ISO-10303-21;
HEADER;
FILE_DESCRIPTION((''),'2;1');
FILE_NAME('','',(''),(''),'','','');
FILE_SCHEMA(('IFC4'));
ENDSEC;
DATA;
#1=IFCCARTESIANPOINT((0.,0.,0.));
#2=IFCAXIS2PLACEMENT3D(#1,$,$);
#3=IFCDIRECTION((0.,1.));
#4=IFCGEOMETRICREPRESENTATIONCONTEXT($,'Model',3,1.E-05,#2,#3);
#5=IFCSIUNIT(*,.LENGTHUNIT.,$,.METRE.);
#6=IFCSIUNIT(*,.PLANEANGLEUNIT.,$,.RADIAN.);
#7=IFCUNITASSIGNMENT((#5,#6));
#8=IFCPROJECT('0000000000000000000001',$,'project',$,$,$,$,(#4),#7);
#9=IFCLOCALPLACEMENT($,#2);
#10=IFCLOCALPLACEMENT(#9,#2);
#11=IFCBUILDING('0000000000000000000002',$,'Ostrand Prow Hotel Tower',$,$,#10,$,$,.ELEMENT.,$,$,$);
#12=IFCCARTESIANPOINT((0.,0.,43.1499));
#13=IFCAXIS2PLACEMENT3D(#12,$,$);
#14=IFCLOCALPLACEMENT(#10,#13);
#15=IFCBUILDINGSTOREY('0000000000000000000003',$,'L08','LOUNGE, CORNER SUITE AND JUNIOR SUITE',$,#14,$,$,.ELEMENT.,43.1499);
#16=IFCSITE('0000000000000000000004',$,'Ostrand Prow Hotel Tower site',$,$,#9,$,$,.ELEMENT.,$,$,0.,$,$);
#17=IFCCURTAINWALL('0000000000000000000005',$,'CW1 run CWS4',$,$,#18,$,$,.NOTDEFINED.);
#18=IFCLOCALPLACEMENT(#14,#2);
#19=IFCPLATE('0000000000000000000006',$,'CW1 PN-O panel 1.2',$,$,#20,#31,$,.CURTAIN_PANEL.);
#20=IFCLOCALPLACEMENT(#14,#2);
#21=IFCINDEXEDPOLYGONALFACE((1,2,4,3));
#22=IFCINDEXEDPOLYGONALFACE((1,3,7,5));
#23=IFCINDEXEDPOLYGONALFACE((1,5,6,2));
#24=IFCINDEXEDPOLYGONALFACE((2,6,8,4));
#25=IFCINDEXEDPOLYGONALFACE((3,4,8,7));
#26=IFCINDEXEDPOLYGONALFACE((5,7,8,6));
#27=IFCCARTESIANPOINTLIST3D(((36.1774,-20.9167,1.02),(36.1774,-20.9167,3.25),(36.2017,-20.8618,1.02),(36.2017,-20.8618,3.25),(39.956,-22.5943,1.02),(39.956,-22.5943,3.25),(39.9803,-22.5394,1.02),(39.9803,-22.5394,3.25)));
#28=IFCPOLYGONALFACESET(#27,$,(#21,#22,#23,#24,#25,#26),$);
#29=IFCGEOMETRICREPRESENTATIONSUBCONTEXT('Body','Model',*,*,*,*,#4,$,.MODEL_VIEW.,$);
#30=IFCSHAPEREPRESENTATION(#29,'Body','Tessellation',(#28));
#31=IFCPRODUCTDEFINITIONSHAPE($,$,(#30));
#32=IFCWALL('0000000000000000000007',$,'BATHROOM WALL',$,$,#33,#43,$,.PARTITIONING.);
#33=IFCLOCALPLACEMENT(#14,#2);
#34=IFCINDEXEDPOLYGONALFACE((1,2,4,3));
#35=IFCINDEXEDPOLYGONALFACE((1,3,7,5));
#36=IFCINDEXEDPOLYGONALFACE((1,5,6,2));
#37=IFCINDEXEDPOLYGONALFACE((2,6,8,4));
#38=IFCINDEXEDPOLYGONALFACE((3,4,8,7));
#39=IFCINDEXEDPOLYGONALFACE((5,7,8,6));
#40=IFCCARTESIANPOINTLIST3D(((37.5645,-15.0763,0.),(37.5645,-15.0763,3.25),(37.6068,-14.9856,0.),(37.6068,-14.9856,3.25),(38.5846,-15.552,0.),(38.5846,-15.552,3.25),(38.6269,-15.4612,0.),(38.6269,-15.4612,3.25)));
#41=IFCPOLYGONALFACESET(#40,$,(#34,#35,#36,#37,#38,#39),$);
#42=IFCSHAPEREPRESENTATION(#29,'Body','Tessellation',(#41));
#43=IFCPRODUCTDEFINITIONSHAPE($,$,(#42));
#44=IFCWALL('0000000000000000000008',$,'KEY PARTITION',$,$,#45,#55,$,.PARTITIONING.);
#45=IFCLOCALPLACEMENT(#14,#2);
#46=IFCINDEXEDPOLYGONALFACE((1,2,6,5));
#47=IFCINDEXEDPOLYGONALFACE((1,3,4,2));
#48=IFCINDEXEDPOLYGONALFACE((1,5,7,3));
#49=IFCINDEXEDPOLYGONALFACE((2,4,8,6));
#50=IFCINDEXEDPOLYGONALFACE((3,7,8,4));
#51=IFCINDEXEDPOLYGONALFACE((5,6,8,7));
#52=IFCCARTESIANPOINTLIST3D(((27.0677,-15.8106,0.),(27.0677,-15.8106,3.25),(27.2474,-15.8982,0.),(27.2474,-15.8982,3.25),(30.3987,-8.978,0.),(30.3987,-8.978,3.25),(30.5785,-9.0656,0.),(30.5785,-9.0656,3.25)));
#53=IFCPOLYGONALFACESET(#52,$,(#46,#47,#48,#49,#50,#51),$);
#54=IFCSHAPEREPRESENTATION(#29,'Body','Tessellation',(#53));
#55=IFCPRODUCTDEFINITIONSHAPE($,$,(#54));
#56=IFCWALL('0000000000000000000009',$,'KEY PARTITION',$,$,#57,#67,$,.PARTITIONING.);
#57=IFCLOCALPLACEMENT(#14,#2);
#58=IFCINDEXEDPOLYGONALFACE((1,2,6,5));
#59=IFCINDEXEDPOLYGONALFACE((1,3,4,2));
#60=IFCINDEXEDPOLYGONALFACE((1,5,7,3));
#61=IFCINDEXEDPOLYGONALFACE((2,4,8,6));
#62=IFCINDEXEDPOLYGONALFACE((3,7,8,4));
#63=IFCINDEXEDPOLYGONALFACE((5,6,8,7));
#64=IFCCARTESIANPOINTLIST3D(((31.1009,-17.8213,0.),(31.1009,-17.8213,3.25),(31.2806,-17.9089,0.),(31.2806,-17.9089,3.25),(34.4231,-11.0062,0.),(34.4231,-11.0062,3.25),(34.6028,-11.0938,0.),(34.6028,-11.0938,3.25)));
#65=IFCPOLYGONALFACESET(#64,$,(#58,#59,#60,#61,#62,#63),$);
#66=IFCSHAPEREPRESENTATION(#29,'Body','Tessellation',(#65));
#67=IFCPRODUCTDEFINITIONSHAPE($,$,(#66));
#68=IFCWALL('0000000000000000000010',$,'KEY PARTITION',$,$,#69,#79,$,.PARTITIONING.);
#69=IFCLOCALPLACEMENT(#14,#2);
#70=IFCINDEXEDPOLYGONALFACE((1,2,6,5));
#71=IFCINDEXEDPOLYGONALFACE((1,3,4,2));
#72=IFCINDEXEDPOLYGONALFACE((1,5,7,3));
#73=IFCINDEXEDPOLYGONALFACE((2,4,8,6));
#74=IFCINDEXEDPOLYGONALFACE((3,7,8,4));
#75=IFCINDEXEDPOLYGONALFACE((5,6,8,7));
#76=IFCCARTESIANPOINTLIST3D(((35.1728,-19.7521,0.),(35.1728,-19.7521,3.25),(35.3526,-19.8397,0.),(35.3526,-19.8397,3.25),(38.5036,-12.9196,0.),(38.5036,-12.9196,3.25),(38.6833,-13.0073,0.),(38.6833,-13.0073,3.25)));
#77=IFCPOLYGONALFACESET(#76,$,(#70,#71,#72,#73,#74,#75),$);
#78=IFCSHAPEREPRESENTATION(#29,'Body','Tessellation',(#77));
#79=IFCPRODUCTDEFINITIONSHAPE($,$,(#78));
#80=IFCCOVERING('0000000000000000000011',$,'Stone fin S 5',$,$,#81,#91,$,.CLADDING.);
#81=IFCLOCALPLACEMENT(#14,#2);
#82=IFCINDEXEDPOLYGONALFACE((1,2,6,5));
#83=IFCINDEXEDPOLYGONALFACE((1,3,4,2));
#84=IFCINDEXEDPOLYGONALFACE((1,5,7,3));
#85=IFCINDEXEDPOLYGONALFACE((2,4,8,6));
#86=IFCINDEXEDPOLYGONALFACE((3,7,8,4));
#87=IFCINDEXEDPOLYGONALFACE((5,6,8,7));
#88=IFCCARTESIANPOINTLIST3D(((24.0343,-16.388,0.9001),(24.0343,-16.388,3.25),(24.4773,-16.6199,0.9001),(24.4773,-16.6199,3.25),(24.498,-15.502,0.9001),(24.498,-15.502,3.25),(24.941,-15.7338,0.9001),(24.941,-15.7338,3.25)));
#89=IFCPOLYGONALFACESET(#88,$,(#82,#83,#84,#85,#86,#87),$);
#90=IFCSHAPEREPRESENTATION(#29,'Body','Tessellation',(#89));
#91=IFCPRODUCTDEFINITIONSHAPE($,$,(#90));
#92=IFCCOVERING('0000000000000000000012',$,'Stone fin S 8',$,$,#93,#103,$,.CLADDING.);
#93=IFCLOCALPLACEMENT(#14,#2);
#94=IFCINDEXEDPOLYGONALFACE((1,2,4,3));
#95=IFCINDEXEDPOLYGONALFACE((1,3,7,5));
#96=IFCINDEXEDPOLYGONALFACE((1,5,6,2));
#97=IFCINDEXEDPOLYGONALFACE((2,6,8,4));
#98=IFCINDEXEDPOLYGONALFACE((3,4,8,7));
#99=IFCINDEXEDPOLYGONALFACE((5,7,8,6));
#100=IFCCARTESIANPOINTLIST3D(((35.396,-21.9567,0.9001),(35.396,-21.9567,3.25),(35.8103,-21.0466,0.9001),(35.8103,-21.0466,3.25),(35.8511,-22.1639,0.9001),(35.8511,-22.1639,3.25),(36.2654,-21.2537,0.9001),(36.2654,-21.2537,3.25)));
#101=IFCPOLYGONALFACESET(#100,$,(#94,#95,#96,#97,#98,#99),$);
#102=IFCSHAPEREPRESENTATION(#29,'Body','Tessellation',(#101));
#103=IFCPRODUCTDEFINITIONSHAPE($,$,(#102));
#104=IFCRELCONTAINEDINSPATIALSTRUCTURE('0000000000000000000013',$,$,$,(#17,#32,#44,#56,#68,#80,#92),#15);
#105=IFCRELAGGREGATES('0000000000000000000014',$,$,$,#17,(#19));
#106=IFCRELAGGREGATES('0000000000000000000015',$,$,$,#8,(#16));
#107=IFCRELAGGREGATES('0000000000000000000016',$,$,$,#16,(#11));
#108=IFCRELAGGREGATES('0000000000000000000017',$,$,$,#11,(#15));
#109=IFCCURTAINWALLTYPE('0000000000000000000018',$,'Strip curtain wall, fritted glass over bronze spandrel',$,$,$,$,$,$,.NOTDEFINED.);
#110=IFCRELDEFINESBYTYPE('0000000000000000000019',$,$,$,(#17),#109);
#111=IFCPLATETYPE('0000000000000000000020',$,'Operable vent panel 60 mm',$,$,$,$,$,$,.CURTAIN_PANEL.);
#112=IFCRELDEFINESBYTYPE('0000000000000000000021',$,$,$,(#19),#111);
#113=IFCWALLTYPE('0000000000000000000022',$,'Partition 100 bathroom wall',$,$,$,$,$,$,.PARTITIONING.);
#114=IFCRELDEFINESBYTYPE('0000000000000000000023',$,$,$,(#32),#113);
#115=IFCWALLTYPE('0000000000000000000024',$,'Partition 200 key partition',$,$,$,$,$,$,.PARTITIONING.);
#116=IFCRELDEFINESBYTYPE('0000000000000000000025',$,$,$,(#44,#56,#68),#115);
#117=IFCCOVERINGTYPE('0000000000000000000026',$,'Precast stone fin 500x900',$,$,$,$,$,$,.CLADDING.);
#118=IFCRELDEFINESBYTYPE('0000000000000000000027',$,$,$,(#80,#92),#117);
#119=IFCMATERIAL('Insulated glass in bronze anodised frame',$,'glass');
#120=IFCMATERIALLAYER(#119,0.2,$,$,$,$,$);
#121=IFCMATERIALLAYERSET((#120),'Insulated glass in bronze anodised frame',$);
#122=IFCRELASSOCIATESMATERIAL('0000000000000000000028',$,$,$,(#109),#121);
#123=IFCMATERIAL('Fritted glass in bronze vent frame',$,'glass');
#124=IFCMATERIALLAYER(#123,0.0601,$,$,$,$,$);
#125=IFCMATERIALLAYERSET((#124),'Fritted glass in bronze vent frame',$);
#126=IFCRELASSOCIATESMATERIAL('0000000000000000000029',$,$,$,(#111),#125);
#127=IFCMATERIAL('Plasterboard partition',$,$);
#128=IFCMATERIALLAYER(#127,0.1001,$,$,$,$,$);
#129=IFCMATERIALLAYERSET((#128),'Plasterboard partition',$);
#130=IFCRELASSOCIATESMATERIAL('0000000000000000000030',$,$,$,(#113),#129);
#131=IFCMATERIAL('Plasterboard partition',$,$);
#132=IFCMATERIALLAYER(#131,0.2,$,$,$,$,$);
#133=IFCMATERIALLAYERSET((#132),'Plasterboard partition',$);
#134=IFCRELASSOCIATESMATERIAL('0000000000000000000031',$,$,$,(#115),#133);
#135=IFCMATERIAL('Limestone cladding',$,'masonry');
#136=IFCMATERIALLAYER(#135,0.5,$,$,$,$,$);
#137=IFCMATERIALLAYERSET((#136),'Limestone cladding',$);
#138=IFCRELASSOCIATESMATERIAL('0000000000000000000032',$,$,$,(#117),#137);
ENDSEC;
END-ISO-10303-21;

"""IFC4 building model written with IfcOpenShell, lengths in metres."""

from ifc_helpers import new_model, si_unit, direction, frame, frame_2d, origin, origin_2d, place, context, subcontext, project, spatial, rectangle, extrude, material, layer, layer_set, type_object, element, aggregate, save


model = new_model("IFC4")

# Units and contexts
model_context = context("Model", 3, precision=1e-05, world=origin(), true_north=direction((0.0, 1.0)))
body_context = subcontext(model_context, "Body", "Model", "MODEL_VIEW")
ifc_project = project(units=[si_unit("LENGTHUNIT", "METRE"), si_unit("PLANEANGLEUNIT", "RADIAN")], contexts=[model_context])

# Site, building, storey
site_placement = place(None, origin())
site = spatial("IfcSite", under=ifc_project, at=site_placement, Name="Ostrand Prow Hotel Tower site", CompositionType="ELEMENT", RefElevation=0.0)
building_placement = place(site_placement, origin())
building = spatial("IfcBuilding", under=site, at=building_placement, Name="Ostrand Prow Hotel Tower", CompositionType="ELEMENT")
storey_placement = place(building_placement, frame((0.0, 0.0, 43.1499)))
storey = spatial("IfcBuildingStorey", under=building, at=storey_placement, Name="L08", Description="LOUNGE, CORNER SUITE AND JUNIOR SUITE", CompositionType="ELEMENT", Elevation=43.1499)

# Shared definitions
ifc_material_1 = material(Name="Insulated glass in bronze anodised frame", Category="glass")
ifc_layer_1 = layer(ifc_material_1, 0.2)
ifc_layer_set_1 = layer_set([ifc_layer_1], Name="Insulated glass in bronze anodised frame")
curtain_wall_type = type_object("IfcCurtainWallType", Name="Strip curtain wall, fritted glass over bronze spandrel", PredefinedType="NOTDEFINED", material=ifc_layer_set_1)

# Curtain wall
curtain_wall_1_placement = place(storey_placement, origin())
curtain_wall_1 = element("IfcCurtainWall", 1, at=curtain_wall_1_placement, inside=storey, type_object=curtain_wall_type, Name="CW1 run CWS4", PredefinedType="NOTDEFINED")

# Plate
ifc_material_2 = material(Name="Fritted glass in bronze vent frame", Category="glass")
ifc_layer_2 = layer(ifc_material_2, 0.0601)
ifc_layer_set_2 = layer_set([ifc_layer_2], Name="Fritted glass in bronze vent frame")
plate_type_1 = type_object("IfcPlateType", Name="Operable vent panel 60 mm", PredefinedType="CURTAIN_PANEL", material=ifc_layer_set_2)
plate_1_placement = place(storey_placement, frame((38.0789, -21.728, 1.02), z_axis=(0.0, 0.0, 1.0), x_axis=(0.913971, -0.40578, 0.0)))
plate_1 = element("IfcPlate", 2, at=plate_1_placement, type_object=plate_type_1, Name="CW1 PN-O panel 1.2", PredefinedType="CURTAIN_PANEL", context=body_context, shape_type="SweptSolid", body=[
    extrude(rectangle(XDim=4.1343, YDim=0.0601, at=origin_2d()), origin(), (0.0, 0.0, 1.0), 2.23),
])
aggregate(curtain_wall_1, [plate_1])

# Walls
ifc_material_3 = material(Name="Plasterboard partition")
ifc_layer_3 = layer(ifc_material_3, 0.1001)
ifc_layer_set_3 = layer_set([ifc_layer_3], Name="Plasterboard partition")
wall_type_1 = type_object("IfcWallType", Name="Partition 100 bathroom wall", PredefinedType="PARTITIONING", material=ifc_layer_set_3)
wall_1_placement = place(storey_placement, frame((38.6057, -15.5066, 0.0), z_axis=(0.0, 0.0, 1.0), x_axis=(-0.906327, 0.422577, 0.0)))
element("IfcWall", 3, at=wall_1_placement, inside=storey, type_object=wall_type_1, Name="BATHROOM WALL", PredefinedType="PARTITIONING", context=body_context, shape_type="SweptSolid", body=[
    extrude(rectangle(XDim=1.1255, YDim=0.1001, at=frame_2d((0.5627, 0.0))), origin(), (0.0, 0.0, 1.0), 3.25),
])
ifc_material_4 = material(Name="Plasterboard partition")
ifc_layer_4 = layer(ifc_material_4, 0.2)
ifc_layer_set_4 = layer_set([ifc_layer_4], Name="Plasterboard partition")
wall_type_2 = type_object("IfcWallType", Name="Partition 200 key partition", PredefinedType="PARTITIONING", material=ifc_layer_set_4)
wall_2_placement = place(storey_placement, frame((27.1575, -15.8545, 0.0), z_axis=(0.0, 0.0, 1.0), x_axis=(0.438224, 0.898866, 0.0)))
element("IfcWall", 4, at=wall_2_placement, inside=storey, type_object=wall_type_2, Name="KEY PARTITION", PredefinedType="PARTITIONING", context=body_context, shape_type="SweptSolid", body=[
    extrude(rectangle(XDim=7.6013, YDim=0.2, at=frame_2d((3.8008, 0.0))), origin(), (0.0, 0.0, 1.0), 3.25),
])
wall_3_placement = place(storey_placement, frame((31.1907, -17.8652, 0.0), z_axis=(0.0, 0.0, 1.0), x_axis=(0.438188, 0.898884, 0.0)))
element("IfcWall", 5, at=wall_3_placement, inside=storey, type_object=wall_type_2, Name="KEY PARTITION", PredefinedType="PARTITIONING", context=body_context, shape_type="SweptSolid", body=[
    extrude(rectangle(XDim=7.5818, YDim=0.2, at=frame_2d((3.791, 0.0))), origin(), (0.0, 0.0, 1.0), 3.25),
])
wall_4_placement = place(storey_placement, frame((35.2627, -19.7959, 0.0), z_axis=(0.0, 0.0, 1.0), x_axis=(0.438198, 0.898879, 0.0)))
element("IfcWall", 6, at=wall_4_placement, inside=storey, type_object=wall_type_2, Name="KEY PARTITION", PredefinedType="PARTITIONING", context=body_context, shape_type="SweptSolid", body=[
    extrude(rectangle(XDim=7.6011, YDim=0.2, at=frame_2d((3.8005, 0.0))), origin(), (0.0, 0.0, 1.0), 3.25),
])

# Coverings
ifc_material_5 = material(Name="Limestone cladding", Category="masonry")
ifc_layer_5 = layer(ifc_material_5, 0.5)
ifc_layer_set_5 = layer_set([ifc_layer_5], Name="Limestone cladding")
covering_type = type_object("IfcCoveringType", Name="Precast stone fin 500x900", PredefinedType="CLADDING", material=ifc_layer_set_5)
for number, where, z_axis, x_axis, name in (
    (7, (24.7195, -15.6179, 0.9001), (0.0, 0.0, 1.0), (-0.463642, -0.886023, 0.0), "Stone fin S 5"),
    (8, (36.0378, -21.1501, 0.9001), (0.0, 0.0, 1.0), (-0.4143, -0.910141, 0.0), "Stone fin S 8"),
):
    element("IfcCovering", number, at=place(storey_placement, frame(where, z_axis=z_axis, x_axis=x_axis)), inside=storey, type_object=covering_type, Name=name, PredefinedType="CLADDING", context=body_context, shape_type="SweptSolid", body=[
        extrude(rectangle(XDim=1.0, YDim=0.5, at=frame_2d((0.5, 0.0))), origin(), (0.0, 0.0, 1.0), 2.3499),
    ])

save(model, "model.ifc")
